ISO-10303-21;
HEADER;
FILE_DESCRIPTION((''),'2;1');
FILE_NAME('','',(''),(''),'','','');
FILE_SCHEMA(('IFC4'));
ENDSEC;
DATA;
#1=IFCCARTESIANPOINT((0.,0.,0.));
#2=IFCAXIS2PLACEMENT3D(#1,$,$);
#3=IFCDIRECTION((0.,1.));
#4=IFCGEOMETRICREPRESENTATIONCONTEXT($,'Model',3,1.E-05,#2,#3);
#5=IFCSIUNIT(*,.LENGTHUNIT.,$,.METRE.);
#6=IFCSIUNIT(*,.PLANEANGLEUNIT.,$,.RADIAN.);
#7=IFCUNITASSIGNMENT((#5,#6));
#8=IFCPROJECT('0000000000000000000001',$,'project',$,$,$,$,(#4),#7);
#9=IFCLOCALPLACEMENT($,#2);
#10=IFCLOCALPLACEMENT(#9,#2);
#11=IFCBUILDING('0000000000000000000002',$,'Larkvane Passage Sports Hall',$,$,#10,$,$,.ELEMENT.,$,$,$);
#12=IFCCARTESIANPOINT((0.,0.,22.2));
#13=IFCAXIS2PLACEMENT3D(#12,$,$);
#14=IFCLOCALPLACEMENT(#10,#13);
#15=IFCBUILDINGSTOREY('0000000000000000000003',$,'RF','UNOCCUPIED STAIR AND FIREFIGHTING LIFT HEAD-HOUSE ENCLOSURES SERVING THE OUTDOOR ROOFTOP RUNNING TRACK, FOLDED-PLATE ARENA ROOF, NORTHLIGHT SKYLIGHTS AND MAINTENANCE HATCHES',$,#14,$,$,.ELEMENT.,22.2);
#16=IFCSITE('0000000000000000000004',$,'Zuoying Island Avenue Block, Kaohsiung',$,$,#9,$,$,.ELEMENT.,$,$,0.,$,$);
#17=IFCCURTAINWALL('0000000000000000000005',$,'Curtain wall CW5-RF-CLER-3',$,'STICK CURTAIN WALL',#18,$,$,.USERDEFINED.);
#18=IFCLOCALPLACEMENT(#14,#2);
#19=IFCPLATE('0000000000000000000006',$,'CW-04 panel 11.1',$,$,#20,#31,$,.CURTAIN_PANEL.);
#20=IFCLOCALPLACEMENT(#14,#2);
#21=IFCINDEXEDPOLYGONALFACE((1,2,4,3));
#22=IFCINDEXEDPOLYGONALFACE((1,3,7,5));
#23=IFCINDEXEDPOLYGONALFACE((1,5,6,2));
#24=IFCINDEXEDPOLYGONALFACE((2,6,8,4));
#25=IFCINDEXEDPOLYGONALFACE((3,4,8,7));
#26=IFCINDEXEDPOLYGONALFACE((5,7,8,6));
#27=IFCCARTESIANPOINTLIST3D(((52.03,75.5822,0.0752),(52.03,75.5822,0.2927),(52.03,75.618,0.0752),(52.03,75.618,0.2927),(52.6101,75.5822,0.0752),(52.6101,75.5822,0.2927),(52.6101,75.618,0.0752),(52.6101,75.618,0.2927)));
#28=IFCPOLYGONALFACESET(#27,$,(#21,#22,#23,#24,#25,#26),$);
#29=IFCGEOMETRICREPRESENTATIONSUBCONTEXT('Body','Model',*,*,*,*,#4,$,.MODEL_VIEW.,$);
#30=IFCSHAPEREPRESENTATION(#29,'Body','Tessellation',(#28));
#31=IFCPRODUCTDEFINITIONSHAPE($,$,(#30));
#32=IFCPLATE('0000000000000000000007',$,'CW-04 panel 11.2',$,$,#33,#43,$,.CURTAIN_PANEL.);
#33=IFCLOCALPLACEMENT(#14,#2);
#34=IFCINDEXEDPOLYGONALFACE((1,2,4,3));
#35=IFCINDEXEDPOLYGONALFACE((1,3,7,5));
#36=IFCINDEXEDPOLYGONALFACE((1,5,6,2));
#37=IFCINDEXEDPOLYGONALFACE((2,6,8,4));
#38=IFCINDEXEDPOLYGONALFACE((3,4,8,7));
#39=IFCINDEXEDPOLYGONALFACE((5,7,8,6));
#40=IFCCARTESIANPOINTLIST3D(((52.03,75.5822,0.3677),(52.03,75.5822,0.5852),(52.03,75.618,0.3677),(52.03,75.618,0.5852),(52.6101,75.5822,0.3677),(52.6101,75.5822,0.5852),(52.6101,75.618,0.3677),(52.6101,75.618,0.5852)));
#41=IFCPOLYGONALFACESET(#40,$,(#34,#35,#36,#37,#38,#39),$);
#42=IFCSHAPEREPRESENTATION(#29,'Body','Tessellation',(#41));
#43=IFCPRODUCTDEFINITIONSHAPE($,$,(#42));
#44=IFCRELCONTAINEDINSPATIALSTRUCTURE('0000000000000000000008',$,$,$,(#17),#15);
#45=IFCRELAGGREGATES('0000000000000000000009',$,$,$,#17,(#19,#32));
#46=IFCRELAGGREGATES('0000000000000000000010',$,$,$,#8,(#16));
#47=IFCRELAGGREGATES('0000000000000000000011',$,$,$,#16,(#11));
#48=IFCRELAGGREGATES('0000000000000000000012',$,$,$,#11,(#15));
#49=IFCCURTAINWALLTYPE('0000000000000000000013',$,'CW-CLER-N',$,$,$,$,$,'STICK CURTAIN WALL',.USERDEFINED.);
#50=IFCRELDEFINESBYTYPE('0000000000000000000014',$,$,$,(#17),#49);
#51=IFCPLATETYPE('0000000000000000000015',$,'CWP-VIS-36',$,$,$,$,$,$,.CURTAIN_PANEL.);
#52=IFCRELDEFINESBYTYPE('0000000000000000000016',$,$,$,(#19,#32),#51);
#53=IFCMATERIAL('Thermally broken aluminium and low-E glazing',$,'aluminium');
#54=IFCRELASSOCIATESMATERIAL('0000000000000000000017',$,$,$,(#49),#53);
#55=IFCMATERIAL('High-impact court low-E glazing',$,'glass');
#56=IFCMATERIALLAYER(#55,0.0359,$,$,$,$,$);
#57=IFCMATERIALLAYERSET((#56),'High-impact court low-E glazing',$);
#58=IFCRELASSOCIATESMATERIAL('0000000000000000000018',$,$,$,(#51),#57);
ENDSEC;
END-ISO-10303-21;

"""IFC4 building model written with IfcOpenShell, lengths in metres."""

from ifc_helpers import new_model, si_unit, direction, frame, origin, origin_2d, place, context, subcontext, project, spatial, rectangle, extrude, material, layer, layer_set, type_object, element, aggregate, save


model = new_model("IFC4")

# Units and contexts
model_context = context("Model", 3, precision=1e-05, world=origin(), true_north=direction((0.0, 1.0)))
body_context = subcontext(model_context, "Body", "Model", "MODEL_VIEW")
ifc_project = project(units=[si_unit("LENGTHUNIT", "METRE"), si_unit("PLANEANGLEUNIT", "RADIAN")], contexts=[model_context])

# Site, building, storey
site_placement = place(None, origin())
site = spatial("IfcSite", under=ifc_project, at=site_placement, Name="Zuoying Island Avenue Block, Kaohsiung", CompositionType="ELEMENT", RefElevation=0.0)
building_placement = place(site_placement, origin())
building = spatial("IfcBuilding", under=site, at=building_placement, Name="Larkvane Passage Sports Hall", CompositionType="ELEMENT")
storey_placement = place(building_placement, frame((0.0, 0.0, 22.2)))
storey = spatial("IfcBuildingStorey", under=building, at=storey_placement, Name="RF", Description="UNOCCUPIED STAIR AND FIREFIGHTING LIFT HEAD-HOUSE ENCLOSURES SERVING THE OUTDOOR ROOFTOP RUNNING TRACK, FOLDED-PLATE ARENA ROOF, NORTHLIGHT SKYLIGHTS AND MAINTENANCE HATCHES", CompositionType="ELEMENT", Elevation=22.2)

# Curtain wall
ifc_material_1 = material(Name="Thermally broken aluminium and low-E glazing", Category="aluminium")
curtain_wall_type = type_object("IfcCurtainWallType", Name="CW-CLER-N", ElementType="STICK CURTAIN WALL", PredefinedType="USERDEFINED", material=ifc_material_1)
curtain_wall_placement = place(storey_placement, origin())
curtain_wall = element("IfcCurtainWall", 1, at=curtain_wall_placement, inside=storey, type_object=curtain_wall_type, Name="Curtain wall CW5-RF-CLER-3", ObjectType="STICK CURTAIN WALL", PredefinedType="USERDEFINED")

# Plates
ifc_material_2 = material(Name="High-impact court low-E glazing", Category="glass")
ifc_layer = layer(ifc_material_2, 0.0359)
ifc_layer_set = layer_set([ifc_layer], Name="High-impact court low-E glazing")
plate_type = type_object("IfcPlateType", Name="CWP-VIS-36", PredefinedType="CURTAIN_PANEL", material=ifc_layer_set)
plate_1_placement = place(storey_placement, frame((52.3201, 75.6001, 0.0752), z_axis=(0.0, 0.0, 1.0), x_axis=(-1.0, 0.0, 0.0)))
plate_1 = element("IfcPlate", 2, at=plate_1_placement, type_object=plate_type, Name="CW-04 panel 11.1", PredefinedType="CURTAIN_PANEL", context=body_context, shape_type="SweptSolid", body=[
    extrude(rectangle(XDim=0.5801, YDim=0.0359, at=origin_2d()), origin(), (0.0, 0.0, 1.0), 0.2175),
])
plate_2_placement = place(storey_placement, frame((52.3201, 75.6001, 0.3677), z_axis=(0.0, 0.0, 1.0), x_axis=(-1.0, 0.0, 0.0)))
plate_2 = element("IfcPlate", 3, at=plate_2_placement, type_object=plate_type, Name="CW-04 panel 11.2", PredefinedType="CURTAIN_PANEL", context=body_context, shape_type="SweptSolid", body=[
    extrude(rectangle(XDim=0.5801, YDim=0.0359, at=origin_2d()), origin(), (0.0, 0.0, 1.0), 0.2175),
])
aggregate(curtain_wall, [plate_1, plate_2])

save(model, "model.ifc")
